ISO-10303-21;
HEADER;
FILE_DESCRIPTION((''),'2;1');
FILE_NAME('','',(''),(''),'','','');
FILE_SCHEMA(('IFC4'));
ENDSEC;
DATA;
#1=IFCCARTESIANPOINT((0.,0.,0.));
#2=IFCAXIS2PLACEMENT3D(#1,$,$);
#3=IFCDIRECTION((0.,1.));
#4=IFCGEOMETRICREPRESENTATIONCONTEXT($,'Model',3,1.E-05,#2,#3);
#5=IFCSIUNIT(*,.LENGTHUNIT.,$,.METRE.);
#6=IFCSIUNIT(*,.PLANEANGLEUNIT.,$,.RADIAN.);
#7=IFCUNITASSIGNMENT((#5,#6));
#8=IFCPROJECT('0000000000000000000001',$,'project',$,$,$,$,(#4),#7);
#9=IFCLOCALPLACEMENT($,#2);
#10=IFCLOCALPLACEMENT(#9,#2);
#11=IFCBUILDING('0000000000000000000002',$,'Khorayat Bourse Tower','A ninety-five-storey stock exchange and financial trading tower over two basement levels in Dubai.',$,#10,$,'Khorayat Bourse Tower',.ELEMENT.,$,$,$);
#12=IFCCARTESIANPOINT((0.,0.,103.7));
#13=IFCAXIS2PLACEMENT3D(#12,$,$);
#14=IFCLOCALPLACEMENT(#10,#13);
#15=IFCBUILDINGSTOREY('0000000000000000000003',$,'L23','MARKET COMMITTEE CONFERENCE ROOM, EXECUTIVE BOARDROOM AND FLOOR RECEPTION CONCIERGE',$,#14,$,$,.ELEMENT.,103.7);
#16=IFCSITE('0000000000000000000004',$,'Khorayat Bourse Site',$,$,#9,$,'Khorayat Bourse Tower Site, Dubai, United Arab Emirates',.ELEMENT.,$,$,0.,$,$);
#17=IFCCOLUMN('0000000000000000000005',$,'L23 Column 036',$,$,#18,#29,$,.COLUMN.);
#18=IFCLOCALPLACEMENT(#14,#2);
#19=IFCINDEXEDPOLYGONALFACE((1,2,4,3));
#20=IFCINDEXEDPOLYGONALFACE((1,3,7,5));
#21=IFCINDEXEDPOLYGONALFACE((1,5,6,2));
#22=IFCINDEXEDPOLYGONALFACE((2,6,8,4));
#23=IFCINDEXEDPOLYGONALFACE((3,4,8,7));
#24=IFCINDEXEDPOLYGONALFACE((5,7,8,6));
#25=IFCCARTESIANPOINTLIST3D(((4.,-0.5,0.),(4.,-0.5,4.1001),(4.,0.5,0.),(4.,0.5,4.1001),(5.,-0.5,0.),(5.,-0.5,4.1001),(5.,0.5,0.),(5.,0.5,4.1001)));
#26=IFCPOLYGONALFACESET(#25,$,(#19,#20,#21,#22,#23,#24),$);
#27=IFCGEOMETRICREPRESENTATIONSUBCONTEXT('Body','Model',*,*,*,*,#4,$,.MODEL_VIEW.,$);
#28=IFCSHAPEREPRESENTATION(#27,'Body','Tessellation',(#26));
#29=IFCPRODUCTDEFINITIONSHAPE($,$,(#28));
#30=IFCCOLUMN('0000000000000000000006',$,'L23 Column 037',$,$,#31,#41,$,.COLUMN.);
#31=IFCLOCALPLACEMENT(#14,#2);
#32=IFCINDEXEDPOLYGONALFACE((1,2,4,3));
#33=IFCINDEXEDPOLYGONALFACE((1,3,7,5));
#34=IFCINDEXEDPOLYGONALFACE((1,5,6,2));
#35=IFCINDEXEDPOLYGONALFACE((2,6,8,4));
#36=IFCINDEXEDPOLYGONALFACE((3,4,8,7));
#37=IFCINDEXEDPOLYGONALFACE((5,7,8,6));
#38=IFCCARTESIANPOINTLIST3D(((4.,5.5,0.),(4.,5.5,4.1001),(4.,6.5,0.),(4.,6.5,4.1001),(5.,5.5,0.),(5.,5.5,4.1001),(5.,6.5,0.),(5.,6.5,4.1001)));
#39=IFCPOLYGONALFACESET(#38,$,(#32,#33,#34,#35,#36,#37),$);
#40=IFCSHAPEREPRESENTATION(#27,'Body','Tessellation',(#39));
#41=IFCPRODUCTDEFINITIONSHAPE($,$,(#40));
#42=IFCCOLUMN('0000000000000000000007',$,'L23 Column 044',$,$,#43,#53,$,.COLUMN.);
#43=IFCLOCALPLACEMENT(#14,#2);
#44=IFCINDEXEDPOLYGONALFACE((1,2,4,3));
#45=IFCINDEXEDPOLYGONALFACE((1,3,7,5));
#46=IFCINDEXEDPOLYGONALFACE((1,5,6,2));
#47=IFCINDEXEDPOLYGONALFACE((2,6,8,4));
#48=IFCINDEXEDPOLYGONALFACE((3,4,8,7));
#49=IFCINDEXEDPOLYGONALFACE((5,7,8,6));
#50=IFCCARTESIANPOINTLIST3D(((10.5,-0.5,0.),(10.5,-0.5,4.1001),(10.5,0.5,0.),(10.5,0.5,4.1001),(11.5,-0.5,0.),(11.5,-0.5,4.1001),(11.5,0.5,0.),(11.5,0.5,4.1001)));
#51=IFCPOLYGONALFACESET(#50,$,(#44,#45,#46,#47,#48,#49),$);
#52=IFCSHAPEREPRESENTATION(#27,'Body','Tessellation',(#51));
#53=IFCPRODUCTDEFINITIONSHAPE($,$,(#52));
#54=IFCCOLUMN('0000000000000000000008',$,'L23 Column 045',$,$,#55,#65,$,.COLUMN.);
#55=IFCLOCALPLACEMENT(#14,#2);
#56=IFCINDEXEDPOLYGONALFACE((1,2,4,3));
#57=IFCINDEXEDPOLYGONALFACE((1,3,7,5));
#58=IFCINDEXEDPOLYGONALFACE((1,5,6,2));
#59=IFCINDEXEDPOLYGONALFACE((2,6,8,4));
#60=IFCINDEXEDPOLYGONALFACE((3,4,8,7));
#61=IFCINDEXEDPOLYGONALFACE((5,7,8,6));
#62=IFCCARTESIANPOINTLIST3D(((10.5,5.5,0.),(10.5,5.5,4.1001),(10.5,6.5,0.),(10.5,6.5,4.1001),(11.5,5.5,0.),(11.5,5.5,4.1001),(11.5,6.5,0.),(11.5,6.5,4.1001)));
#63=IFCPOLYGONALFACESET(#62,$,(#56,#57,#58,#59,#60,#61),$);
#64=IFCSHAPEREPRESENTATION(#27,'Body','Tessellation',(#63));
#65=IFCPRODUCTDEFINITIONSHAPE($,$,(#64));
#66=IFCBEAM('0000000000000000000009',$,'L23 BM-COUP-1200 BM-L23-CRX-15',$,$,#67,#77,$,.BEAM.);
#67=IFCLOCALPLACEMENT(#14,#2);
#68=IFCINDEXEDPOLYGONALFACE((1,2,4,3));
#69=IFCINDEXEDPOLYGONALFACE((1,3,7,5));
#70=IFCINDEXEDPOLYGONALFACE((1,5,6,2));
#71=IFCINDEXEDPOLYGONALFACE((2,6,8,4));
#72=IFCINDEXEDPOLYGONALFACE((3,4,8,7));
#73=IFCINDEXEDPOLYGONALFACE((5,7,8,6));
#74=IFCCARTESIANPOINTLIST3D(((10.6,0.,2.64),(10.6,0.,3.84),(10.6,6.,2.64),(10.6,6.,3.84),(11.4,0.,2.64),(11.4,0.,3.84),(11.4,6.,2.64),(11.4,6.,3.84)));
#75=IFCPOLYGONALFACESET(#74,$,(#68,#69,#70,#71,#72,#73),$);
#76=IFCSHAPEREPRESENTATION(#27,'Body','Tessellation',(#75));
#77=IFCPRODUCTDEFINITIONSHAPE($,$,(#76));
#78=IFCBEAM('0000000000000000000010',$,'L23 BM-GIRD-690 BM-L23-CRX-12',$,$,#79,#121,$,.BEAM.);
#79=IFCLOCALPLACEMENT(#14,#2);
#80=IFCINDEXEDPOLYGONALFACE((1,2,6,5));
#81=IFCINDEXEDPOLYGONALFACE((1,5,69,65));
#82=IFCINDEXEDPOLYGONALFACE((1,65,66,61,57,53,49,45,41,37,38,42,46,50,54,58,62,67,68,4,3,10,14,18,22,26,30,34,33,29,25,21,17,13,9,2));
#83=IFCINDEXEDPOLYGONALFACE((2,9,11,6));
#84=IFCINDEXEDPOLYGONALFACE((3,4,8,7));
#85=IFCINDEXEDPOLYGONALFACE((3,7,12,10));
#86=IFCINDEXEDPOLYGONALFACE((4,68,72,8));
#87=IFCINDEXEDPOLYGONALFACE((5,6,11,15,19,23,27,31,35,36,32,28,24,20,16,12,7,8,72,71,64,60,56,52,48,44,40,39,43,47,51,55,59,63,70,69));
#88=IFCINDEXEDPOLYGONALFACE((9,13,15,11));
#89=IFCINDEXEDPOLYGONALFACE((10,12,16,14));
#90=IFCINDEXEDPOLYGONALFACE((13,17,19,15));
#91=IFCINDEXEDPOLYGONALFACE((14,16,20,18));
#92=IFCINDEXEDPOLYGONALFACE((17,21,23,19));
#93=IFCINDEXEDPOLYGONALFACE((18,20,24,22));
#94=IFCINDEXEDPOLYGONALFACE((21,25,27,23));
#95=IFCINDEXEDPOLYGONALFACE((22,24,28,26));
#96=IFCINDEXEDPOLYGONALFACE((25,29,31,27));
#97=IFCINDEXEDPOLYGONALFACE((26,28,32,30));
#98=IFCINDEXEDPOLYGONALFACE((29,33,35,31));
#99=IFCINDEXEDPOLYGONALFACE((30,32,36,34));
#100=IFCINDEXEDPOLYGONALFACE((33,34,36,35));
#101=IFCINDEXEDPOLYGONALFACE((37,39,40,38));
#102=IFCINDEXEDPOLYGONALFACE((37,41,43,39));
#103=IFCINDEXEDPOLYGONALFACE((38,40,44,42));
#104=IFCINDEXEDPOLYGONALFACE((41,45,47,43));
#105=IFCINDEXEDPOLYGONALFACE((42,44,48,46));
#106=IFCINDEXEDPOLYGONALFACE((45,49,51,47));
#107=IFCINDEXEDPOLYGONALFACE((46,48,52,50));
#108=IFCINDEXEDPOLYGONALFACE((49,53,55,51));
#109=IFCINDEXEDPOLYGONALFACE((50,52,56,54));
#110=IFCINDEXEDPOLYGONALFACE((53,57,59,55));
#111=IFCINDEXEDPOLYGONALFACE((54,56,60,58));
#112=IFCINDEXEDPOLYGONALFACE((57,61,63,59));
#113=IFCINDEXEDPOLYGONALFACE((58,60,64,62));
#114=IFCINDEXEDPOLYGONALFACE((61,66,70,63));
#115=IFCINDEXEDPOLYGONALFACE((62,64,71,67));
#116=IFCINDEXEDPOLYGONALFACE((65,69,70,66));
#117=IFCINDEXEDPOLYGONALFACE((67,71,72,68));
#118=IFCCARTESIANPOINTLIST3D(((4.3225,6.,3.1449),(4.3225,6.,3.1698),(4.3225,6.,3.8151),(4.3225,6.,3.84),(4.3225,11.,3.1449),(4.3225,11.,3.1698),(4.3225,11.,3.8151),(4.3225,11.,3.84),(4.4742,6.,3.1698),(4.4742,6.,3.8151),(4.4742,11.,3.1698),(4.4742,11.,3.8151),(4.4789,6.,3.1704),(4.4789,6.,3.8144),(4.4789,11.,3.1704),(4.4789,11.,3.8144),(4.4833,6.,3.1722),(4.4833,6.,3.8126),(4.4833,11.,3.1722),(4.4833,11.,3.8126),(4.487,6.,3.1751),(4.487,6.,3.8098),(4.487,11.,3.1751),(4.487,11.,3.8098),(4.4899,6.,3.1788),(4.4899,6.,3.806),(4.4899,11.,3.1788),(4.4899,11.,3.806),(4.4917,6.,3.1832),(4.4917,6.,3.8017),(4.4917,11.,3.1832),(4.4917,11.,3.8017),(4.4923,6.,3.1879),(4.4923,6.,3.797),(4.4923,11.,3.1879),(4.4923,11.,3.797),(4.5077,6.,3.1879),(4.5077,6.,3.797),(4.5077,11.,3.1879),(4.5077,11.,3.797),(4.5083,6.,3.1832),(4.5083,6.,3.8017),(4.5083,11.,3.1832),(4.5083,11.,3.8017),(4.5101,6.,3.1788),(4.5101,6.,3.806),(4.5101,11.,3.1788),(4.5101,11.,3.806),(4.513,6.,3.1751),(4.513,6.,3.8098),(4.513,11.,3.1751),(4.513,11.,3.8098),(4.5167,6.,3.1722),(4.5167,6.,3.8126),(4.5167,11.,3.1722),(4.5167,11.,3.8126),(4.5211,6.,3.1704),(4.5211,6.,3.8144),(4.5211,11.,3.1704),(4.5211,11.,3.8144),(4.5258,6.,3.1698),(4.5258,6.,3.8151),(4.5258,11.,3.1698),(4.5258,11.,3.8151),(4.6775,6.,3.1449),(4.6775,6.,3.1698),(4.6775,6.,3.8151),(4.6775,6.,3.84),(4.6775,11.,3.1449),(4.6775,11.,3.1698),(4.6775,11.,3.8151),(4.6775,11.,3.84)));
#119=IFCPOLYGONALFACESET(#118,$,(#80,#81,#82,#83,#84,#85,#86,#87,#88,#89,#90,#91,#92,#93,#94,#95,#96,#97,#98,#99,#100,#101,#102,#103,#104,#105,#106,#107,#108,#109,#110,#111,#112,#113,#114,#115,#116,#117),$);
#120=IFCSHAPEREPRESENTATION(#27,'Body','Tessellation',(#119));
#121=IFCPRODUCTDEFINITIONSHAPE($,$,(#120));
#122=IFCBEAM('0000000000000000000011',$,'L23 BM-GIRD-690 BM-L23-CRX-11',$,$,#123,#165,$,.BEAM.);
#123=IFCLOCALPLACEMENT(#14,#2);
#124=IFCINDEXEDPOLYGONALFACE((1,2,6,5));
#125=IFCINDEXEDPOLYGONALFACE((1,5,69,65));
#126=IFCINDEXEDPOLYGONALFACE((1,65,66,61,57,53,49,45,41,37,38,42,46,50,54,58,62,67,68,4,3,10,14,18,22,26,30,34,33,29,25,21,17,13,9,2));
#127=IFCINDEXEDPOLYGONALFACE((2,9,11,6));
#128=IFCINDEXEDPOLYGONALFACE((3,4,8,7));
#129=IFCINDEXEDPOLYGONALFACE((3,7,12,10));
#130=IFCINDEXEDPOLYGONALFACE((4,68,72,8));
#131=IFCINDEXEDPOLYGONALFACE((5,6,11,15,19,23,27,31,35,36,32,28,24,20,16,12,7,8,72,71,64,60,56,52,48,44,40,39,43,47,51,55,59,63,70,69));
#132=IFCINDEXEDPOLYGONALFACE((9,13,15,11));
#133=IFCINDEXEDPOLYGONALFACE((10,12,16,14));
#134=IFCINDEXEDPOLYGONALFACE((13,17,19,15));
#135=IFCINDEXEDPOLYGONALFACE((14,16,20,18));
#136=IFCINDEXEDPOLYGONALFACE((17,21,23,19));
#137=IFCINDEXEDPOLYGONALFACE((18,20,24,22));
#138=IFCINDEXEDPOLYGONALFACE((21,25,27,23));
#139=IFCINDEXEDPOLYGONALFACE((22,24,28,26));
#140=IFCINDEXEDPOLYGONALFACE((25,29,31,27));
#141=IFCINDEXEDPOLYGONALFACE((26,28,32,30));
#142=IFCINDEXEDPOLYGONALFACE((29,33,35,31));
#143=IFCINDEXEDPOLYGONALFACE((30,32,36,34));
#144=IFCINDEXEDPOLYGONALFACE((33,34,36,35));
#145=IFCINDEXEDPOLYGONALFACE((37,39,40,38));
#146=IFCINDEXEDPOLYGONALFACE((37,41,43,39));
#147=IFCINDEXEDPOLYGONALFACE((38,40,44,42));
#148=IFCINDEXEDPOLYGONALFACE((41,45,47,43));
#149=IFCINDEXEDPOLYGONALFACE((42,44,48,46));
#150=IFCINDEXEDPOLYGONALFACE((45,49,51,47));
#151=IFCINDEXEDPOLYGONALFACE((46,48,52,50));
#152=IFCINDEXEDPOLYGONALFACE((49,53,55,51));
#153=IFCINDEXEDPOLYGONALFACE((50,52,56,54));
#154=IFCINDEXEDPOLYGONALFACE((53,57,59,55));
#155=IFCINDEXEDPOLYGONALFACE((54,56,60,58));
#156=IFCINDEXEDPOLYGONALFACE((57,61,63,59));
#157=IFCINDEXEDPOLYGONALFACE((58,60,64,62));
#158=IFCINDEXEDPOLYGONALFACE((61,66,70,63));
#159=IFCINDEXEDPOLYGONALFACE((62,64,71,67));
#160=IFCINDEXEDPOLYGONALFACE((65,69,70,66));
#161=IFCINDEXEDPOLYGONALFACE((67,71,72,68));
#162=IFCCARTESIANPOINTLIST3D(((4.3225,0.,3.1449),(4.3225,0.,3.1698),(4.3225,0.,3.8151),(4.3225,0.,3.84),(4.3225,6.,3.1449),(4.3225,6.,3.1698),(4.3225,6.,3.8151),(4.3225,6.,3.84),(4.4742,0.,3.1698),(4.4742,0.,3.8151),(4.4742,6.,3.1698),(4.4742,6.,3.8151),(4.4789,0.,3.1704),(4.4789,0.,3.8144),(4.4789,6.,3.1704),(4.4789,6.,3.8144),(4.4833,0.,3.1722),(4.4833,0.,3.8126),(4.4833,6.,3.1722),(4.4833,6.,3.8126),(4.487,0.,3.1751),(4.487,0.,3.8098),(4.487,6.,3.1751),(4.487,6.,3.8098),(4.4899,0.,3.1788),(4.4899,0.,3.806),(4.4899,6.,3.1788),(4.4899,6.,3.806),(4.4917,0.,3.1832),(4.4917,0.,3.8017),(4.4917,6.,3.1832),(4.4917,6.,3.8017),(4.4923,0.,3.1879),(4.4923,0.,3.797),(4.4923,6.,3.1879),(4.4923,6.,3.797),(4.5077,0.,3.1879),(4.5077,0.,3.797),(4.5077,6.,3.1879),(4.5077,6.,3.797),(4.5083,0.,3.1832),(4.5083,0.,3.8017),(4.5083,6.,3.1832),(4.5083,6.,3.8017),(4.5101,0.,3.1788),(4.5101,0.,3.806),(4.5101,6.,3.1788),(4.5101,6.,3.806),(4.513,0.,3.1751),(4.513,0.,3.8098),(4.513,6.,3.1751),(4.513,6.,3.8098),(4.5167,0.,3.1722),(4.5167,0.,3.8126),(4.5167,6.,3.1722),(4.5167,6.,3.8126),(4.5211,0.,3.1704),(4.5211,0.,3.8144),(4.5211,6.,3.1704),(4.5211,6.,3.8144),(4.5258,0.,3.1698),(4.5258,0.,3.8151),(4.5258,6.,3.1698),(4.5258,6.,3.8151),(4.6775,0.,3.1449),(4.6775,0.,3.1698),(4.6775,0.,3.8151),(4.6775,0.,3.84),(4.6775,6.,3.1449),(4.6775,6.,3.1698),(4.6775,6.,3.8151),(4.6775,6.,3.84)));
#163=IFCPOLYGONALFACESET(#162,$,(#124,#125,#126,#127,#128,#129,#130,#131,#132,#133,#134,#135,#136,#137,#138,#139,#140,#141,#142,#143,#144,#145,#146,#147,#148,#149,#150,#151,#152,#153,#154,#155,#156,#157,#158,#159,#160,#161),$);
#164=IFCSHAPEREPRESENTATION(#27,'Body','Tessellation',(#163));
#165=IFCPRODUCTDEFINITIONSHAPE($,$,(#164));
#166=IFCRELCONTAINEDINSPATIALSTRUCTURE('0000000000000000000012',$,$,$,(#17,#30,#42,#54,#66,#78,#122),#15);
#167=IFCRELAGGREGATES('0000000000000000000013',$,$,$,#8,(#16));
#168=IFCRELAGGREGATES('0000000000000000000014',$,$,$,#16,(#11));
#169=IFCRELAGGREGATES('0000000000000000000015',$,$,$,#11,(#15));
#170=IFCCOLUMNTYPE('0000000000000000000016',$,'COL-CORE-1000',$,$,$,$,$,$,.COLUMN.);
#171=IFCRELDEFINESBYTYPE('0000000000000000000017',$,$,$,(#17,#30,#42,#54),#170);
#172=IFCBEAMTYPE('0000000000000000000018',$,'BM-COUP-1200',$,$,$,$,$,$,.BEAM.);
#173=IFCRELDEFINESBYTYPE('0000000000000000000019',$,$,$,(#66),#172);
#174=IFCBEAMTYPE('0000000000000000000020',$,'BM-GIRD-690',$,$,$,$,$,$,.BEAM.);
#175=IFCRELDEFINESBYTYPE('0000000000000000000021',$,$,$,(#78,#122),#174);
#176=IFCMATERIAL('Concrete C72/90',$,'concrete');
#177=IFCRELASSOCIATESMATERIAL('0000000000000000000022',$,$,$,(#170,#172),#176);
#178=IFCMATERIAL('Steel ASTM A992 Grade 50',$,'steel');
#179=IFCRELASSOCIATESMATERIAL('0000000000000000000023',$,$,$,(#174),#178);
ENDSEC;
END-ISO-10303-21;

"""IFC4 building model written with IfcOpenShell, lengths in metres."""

from ifc_helpers import new_model, si_unit, direction, frame, origin, origin_2d, place, context, subcontext, project, spatial, rectangle, i_section, extrude, source, transform, mapped, material, material_profile, profile_set, type_object, element, save


model = new_model("IFC4")

# Units and contexts
model_context = context("Model", 3, precision=1e-05, world=origin(), true_north=direction((0.0, 1.0)))
body_context = subcontext(model_context, "Body", "Model", "MODEL_VIEW")
ifc_project = project(units=[si_unit("LENGTHUNIT", "METRE"), si_unit("PLANEANGLEUNIT", "RADIAN")], contexts=[model_context])

# Site, building, storey
site_placement = place(None, origin())
site = spatial("IfcSite", under=ifc_project, at=site_placement, Name="Khorayat Bourse Site", LongName="Khorayat Bourse Tower Site, Dubai, United Arab Emirates", CompositionType="ELEMENT", RefElevation=0.0)
building_placement = place(site_placement, origin())
building = spatial("IfcBuilding", under=site, at=building_placement, Name="Khorayat Bourse Tower", Description="A ninety-five-storey stock exchange and financial trading tower over two basement levels in Dubai.", LongName="Khorayat Bourse Tower", CompositionType="ELEMENT")
storey_placement = place(building_placement, frame((0.0, 0.0, 103.7)))
storey = spatial("IfcBuildingStorey", under=building, at=storey_placement, Name="L23", Description="MARKET COMMITTEE CONFERENCE ROOM, EXECUTIVE BOARDROOM AND FLOOR RECEPTION CONCIERGE", CompositionType="ELEMENT", Elevation=103.7)

# Columns
ifc_material_1 = material(Name="Concrete C72/90", Category="concrete")
ifc_material_profile_1 = material_profile(ifc_material_1, rectangle(XDim=1.0, YDim=1.0, at=origin_2d()), Name="RC 1000x1000")
ifc_profile_set_1 = profile_set([ifc_material_profile_1], Name="Concrete C72/90")
column_type = type_object("IfcColumnType", Name="COL-CORE-1000", PredefinedType="COLUMN", material=ifc_profile_set_1)
shared_shape_1 = source(origin(), body_context, "Body", "SweptSolid", [
    extrude(rectangle(XDim=1.0, YDim=1.0, at=origin_2d()), origin(), (0.0, 0.0, 1.0), 4.1001),
])
for number, where, z_axis, x_axis, name in (
    (1, (4.5, 0.0, 0.0), (0.0, 0.0, 1.0), (1.0, 0.0, 0.0), "L23 Column 036"),
    (2, (4.5, 6.0, 0.0), (0.0, 0.0, 1.0), (1.0, 0.0, 0.0), "L23 Column 037"),
    (3, (11.0, 0.0, 0.0), (0.0, 0.0, 1.0), (1.0, 0.0, 0.0), "L23 Column 044"),
    (4, (11.0, 6.0, 0.0), (0.0, 0.0, 1.0), (1.0, 0.0, 0.0), "L23 Column 045"),
):
    element("IfcColumn", number, at=place(storey_placement, frame(where, z_axis=z_axis, x_axis=x_axis)), inside=storey, type_object=column_type, Name=name, PredefinedType="COLUMN", context=body_context, shape_type="MappedRepresentation", body=[
        mapped(shared_shape_1, transform((0.0, 0.0, 0.0), scale=1.0)),
    ])

# Beams
ifc_material_profile_2 = material_profile(ifc_material_1, rectangle(XDim=0.8, YDim=1.2, at=origin_2d()), Name="RC 800x1200")
ifc_profile_set_2 = profile_set([ifc_material_profile_2], Name="Concrete C72/90")
beam_type_1 = type_object("IfcBeamType", Name="BM-COUP-1200", PredefinedType="BEAM", material=ifc_profile_set_2)
shared_shape_2 = source(origin(), body_context, "Body", "SweptSolid", [
    extrude(rectangle(XDim=0.8, YDim=1.2, at=origin_2d()), origin(), (0.0, 0.0, 1.0), 6.0),
])
beam_1_placement = place(storey_placement, frame((11.0, 0.0, 3.24), z_axis=(0.0, 1.0, 0.0), x_axis=(-1.0, 0.0, 0.0)))
element("IfcBeam", 5, at=beam_1_placement, inside=storey, type_object=beam_type_1, Name="L23 BM-COUP-1200 BM-L23-CRX-15", PredefinedType="BEAM", context=body_context, shape_type="MappedRepresentation", body=[
    mapped(shared_shape_2, transform((0.0, 0.0, 0.0), scale=1.0)),
])
ifc_material_2 = material(Name="Steel ASTM A992 Grade 50", Category="steel")
ifc_material_profile_3 = material_profile(ifc_material_2, i_section(OverallWidth=0.355, OverallDepth=0.6951, WebThickness=0.0154, FlangeThickness=0.0249, FilletRadius=0.0181, at=origin_2d()), Name="W690X217")
ifc_profile_set_3 = profile_set([ifc_material_profile_3], Name="Steel ASTM A992 Grade 50")
beam_type_2 = type_object("IfcBeamType", Name="BM-GIRD-690", PredefinedType="BEAM", material=ifc_profile_set_3)
shared_shape_3 = source(origin(), body_context, "Body", "SweptSolid", [
    extrude(i_section(OverallWidth=0.355, OverallDepth=0.6951, WebThickness=0.0154, FlangeThickness=0.0249, FilletRadius=0.0181, at=origin_2d()), origin(), (0.0, 0.0, 1.0), 5.0),
])
beam_2_placement = place(storey_placement, frame((4.5, 6.0, 3.4924), z_axis=(0.0, 1.0, 0.0), x_axis=(-1.0, 0.0, 0.0)))
element("IfcBeam", 6, at=beam_2_placement, inside=storey, type_object=beam_type_2, Name="L23 BM-GIRD-690 BM-L23-CRX-12", PredefinedType="BEAM", context=body_context, shape_type="MappedRepresentation", body=[
    mapped(shared_shape_3, transform((0.0, 0.0, 0.0), scale=1.0)),
])
shared_shape_4 = source(origin(), body_context, "Body", "SweptSolid", [
    extrude(i_section(OverallWidth=0.355, OverallDepth=0.6951, WebThickness=0.0154, FlangeThickness=0.0249, FilletRadius=0.0181, at=origin_2d()), origin(), (0.0, 0.0, 1.0), 6.0),
])
beam_3_placement = place(storey_placement, frame((4.5, 0.0, 3.4924), z_axis=(0.0, 1.0, 0.0), x_axis=(-1.0, 0.0, 0.0)))
element("IfcBeam", 7, at=beam_3_placement, inside=storey, type_object=beam_type_2, Name="L23 BM-GIRD-690 BM-L23-CRX-11", PredefinedType="BEAM", context=body_context, shape_type="MappedRepresentation", body=[
    mapped(shared_shape_4, transform((0.0, 0.0, 0.0), scale=1.0)),
])

save(model, "model.ifc")
